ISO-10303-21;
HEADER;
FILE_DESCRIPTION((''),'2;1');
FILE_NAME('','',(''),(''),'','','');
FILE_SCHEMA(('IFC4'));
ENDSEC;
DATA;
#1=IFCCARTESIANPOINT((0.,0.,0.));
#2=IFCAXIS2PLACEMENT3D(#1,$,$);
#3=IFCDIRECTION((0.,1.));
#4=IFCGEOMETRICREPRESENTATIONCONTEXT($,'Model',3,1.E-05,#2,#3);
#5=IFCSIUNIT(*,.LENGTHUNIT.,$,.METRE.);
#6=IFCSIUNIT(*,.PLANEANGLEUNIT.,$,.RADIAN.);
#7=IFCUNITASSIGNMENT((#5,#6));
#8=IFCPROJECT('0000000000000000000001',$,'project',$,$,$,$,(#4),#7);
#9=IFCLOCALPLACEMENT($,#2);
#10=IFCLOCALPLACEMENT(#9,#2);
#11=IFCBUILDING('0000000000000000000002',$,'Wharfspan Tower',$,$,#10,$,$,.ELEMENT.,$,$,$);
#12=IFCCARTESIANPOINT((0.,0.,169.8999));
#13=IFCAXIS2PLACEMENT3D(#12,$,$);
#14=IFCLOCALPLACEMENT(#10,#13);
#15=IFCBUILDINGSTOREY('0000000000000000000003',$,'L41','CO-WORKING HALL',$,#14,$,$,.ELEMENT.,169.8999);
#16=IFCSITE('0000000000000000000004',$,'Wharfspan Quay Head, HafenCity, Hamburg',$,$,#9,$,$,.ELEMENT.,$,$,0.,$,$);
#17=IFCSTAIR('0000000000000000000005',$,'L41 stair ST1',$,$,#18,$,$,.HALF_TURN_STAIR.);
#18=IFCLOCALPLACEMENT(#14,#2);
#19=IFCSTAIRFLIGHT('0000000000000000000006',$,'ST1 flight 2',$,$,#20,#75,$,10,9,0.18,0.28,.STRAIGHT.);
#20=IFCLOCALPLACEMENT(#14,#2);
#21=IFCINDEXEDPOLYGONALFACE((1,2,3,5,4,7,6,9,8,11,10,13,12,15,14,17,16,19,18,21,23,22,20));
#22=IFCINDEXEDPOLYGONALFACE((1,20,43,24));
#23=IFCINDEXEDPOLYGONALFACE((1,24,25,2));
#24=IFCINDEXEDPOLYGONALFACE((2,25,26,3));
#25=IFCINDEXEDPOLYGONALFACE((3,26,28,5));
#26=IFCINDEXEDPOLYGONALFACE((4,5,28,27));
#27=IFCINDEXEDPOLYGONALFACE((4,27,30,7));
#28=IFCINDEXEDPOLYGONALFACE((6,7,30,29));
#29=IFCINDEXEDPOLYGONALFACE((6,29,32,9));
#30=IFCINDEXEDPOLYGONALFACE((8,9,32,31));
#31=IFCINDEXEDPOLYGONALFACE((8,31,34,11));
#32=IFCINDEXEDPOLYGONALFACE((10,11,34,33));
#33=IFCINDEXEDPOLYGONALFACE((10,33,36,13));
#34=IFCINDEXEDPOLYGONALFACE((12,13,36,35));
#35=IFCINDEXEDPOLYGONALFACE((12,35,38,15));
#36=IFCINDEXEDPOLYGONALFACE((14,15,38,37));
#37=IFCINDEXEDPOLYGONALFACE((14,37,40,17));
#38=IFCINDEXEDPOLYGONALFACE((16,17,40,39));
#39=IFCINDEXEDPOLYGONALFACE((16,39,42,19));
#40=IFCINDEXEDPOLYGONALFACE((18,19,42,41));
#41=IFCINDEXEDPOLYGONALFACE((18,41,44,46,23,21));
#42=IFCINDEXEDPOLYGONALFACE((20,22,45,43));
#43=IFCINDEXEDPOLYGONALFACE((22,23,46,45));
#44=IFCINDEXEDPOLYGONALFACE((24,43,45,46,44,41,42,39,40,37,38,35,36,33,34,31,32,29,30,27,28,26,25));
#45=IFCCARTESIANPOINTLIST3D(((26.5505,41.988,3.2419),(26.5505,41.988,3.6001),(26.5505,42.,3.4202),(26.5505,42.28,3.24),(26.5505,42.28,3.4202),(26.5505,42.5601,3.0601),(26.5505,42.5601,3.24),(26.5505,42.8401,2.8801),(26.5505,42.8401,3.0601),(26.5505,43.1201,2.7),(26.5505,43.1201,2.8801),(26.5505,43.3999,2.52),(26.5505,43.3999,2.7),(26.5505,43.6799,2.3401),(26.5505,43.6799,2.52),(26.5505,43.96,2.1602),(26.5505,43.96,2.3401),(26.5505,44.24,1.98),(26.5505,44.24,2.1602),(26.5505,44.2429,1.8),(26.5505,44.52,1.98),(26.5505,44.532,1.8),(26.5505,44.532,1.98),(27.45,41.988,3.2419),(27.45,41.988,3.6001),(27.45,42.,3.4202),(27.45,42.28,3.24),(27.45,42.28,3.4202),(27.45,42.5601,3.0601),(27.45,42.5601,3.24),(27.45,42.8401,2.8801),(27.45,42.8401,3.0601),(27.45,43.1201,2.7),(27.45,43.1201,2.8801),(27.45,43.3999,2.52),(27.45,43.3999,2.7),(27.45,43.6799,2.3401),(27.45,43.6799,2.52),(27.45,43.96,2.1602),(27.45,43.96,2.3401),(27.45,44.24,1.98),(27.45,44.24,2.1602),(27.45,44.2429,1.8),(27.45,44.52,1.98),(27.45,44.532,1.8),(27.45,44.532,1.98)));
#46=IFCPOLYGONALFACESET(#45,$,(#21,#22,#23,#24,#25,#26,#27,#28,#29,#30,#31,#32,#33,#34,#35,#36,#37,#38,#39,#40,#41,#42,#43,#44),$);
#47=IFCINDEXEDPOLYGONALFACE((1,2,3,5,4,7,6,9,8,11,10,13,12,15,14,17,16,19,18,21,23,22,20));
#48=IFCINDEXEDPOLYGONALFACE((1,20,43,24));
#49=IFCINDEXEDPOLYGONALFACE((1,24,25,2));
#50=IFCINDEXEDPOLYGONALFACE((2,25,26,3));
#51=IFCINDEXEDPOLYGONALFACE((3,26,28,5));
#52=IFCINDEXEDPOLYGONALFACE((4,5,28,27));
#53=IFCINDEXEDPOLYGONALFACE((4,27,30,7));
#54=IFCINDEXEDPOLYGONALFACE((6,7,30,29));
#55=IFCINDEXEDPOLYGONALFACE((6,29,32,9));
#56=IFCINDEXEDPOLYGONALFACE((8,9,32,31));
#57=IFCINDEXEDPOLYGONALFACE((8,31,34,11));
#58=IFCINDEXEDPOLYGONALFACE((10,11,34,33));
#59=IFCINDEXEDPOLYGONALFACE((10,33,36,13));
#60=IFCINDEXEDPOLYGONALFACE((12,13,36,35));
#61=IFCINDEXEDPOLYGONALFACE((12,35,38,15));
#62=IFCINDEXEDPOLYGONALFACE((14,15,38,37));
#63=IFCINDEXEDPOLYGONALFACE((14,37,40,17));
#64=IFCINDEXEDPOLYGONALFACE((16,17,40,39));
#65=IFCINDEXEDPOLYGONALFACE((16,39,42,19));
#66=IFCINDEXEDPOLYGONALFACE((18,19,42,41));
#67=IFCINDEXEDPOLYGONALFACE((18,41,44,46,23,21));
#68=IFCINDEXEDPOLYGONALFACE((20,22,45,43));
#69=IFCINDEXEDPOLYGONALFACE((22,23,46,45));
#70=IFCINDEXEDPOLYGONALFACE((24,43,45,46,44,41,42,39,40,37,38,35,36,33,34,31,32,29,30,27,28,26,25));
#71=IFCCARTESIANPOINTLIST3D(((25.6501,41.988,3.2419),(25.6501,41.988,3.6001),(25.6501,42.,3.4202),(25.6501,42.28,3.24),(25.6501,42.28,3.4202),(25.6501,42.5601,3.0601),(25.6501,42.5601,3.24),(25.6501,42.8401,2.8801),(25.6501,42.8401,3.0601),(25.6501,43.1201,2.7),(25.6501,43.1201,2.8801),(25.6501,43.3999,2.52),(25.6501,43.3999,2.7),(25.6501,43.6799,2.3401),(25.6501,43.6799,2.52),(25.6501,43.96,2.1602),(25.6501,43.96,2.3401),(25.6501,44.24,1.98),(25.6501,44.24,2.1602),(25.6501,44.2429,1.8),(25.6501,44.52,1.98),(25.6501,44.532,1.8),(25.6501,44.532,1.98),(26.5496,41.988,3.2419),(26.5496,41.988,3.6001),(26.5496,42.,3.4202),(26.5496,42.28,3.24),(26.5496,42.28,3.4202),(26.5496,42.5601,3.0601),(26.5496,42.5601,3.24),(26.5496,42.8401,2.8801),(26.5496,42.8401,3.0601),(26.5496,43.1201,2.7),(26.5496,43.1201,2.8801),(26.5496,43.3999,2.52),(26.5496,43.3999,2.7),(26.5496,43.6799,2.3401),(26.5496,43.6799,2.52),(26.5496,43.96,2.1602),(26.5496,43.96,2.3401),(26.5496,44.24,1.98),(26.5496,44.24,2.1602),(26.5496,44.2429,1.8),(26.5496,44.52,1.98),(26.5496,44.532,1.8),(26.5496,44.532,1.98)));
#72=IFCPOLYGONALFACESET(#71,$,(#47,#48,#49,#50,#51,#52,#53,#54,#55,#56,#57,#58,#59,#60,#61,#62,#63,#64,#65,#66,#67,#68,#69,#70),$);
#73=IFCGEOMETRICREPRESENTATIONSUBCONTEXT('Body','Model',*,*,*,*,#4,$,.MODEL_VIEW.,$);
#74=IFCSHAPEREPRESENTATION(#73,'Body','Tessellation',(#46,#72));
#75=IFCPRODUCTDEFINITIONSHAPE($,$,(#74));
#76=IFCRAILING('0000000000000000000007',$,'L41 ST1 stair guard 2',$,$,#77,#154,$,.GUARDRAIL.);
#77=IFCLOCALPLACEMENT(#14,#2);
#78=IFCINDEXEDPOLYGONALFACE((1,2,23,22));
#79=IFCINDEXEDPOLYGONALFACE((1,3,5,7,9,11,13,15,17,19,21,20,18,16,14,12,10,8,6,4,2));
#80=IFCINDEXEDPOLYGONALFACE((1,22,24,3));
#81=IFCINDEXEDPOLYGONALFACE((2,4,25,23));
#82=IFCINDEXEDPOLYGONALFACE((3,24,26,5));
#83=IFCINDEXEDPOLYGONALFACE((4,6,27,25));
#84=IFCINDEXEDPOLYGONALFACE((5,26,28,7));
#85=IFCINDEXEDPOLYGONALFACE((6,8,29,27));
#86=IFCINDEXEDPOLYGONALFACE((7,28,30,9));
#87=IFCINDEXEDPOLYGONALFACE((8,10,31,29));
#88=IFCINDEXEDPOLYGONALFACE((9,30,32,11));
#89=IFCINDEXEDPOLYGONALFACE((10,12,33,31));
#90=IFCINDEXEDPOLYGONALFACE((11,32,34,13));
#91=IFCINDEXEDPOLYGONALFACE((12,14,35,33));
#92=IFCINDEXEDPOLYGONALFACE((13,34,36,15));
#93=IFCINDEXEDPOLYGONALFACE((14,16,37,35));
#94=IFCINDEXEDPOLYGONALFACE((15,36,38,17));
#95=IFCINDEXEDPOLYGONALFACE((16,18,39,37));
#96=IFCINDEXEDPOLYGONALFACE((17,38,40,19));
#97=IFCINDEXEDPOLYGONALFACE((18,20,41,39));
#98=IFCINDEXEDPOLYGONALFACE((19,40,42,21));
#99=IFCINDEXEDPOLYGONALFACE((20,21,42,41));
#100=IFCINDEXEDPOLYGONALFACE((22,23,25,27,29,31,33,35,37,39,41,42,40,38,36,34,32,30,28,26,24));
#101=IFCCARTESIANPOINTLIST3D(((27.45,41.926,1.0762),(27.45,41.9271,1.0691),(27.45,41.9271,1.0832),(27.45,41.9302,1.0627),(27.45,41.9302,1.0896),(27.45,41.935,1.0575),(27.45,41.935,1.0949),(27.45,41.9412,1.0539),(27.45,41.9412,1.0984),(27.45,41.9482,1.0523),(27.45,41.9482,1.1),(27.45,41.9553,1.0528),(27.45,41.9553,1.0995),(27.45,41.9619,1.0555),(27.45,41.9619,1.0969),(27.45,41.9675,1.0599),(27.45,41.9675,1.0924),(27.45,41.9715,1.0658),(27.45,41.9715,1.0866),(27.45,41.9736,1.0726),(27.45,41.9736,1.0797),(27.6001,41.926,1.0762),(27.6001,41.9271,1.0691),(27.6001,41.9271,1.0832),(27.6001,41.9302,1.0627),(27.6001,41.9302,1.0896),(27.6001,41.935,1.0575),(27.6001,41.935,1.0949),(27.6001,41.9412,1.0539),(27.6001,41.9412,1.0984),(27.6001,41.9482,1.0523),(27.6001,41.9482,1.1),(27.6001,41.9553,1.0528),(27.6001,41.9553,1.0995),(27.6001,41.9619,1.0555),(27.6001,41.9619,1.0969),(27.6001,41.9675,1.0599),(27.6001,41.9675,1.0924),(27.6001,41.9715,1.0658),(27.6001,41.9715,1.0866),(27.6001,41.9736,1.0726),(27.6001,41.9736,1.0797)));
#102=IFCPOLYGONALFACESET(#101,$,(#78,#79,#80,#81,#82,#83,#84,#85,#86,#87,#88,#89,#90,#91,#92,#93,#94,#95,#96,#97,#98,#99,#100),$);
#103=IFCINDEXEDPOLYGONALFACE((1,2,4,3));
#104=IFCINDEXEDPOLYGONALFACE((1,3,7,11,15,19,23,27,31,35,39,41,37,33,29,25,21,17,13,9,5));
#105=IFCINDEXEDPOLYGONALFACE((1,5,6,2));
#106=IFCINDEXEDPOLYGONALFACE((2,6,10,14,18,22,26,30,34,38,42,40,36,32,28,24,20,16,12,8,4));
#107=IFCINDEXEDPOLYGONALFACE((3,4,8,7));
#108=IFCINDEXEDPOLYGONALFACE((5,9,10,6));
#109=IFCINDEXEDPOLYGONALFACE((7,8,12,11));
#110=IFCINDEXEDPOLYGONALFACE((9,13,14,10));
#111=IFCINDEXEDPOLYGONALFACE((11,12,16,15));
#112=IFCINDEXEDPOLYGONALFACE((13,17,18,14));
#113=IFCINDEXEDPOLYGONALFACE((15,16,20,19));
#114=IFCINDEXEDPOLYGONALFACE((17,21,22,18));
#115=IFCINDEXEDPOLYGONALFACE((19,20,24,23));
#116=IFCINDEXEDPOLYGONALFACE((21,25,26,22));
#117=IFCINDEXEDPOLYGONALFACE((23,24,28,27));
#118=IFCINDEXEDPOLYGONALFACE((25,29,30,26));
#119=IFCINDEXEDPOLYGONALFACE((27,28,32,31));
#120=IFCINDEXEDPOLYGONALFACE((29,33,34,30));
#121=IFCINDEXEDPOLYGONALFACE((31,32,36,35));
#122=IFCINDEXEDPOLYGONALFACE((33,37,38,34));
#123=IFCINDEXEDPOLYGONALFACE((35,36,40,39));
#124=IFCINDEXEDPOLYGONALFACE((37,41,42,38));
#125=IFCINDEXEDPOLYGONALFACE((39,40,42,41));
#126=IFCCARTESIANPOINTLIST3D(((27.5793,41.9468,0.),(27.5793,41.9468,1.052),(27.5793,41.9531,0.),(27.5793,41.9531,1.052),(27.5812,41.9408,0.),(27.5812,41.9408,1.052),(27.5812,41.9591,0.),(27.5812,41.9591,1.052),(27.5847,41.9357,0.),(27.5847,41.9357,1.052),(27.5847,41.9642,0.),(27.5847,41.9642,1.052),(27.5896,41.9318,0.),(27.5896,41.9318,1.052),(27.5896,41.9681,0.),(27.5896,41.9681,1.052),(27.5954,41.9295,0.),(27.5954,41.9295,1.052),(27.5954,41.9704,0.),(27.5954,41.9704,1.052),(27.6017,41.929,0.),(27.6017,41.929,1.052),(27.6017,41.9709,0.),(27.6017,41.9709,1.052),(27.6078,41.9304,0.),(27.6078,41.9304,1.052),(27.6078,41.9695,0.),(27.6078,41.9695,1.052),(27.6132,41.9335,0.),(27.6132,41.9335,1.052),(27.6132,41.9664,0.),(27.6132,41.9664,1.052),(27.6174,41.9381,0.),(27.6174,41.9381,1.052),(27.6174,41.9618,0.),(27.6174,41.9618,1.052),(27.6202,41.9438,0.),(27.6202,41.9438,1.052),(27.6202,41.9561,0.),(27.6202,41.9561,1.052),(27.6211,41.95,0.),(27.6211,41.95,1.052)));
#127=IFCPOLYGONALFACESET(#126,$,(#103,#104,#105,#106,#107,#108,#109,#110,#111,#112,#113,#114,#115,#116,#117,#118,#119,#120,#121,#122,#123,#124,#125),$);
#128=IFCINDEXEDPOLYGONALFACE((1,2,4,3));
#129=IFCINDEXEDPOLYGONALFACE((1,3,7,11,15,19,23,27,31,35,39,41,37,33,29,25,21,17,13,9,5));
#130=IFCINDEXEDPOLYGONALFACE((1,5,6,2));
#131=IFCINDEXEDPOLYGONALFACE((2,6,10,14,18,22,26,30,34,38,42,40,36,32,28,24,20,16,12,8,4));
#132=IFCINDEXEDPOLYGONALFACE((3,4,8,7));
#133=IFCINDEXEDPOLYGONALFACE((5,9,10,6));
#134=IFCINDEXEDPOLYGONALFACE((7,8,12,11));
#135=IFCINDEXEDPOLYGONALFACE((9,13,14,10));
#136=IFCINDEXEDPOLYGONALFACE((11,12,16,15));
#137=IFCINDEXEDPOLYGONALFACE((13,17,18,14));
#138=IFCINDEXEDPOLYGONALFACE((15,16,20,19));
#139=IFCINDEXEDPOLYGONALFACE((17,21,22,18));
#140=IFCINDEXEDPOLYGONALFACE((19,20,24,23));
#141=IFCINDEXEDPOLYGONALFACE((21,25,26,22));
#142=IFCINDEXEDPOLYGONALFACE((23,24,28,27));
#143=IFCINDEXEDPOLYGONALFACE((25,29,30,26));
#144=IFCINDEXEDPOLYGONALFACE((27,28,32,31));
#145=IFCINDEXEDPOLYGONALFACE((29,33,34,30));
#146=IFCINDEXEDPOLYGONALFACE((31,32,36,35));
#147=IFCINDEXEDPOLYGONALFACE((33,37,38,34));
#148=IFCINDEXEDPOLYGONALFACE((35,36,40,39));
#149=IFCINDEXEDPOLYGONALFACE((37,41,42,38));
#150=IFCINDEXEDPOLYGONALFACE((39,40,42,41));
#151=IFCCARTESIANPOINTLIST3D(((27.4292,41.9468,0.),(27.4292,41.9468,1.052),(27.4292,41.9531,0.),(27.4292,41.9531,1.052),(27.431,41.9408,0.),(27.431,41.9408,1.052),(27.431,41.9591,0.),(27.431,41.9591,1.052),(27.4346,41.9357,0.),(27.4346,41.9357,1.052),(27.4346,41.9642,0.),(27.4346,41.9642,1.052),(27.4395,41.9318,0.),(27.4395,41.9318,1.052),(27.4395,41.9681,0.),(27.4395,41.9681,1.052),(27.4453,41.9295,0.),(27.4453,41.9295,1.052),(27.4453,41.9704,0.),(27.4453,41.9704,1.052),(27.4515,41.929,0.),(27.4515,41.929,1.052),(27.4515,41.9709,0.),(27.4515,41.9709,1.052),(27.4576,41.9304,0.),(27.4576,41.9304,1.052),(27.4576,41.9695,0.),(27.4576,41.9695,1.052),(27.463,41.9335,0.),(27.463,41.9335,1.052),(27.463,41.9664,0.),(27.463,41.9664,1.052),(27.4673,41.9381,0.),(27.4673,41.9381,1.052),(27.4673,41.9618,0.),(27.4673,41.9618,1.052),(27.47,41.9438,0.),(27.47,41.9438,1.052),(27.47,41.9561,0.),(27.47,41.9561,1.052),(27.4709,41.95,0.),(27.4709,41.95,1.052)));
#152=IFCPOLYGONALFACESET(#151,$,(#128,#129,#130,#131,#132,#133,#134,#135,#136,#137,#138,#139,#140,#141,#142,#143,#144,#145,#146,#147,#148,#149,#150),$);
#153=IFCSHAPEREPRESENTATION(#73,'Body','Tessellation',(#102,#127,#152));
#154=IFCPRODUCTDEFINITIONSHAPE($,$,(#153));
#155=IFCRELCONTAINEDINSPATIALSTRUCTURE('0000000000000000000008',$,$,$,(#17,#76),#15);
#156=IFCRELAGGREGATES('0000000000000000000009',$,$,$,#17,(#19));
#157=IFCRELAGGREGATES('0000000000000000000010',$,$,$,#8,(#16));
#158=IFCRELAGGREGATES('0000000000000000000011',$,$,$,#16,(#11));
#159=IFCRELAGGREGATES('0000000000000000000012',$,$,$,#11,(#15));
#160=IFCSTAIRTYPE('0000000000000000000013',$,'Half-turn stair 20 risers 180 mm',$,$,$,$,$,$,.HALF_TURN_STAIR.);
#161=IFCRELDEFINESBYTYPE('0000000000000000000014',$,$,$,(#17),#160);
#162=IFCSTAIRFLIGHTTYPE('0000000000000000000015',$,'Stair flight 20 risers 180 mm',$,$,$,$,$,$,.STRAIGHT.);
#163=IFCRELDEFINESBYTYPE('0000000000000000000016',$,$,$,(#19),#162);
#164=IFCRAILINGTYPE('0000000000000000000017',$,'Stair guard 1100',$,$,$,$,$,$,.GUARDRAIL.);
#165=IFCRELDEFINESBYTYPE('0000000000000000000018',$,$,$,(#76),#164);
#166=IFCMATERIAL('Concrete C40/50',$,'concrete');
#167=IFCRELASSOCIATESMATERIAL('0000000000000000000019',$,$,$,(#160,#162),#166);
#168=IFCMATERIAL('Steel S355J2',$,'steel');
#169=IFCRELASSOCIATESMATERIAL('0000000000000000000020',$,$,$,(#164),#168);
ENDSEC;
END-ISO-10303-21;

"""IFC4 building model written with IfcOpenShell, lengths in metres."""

from ifc_helpers import new_model, si_unit, direction, frame, origin, origin_2d, place, context, subcontext, project, spatial, polyline, circle, outline, extrude, material, type_object, element, aggregate, save


model = new_model("IFC4")

# Units and contexts
model_context = context("Model", 3, precision=1e-05, world=origin(), true_north=direction((0.0, 1.0)))
body_context = subcontext(model_context, "Body", "Model", "MODEL_VIEW")
ifc_project = project(units=[si_unit("LENGTHUNIT", "METRE"), si_unit("PLANEANGLEUNIT", "RADIAN")], contexts=[model_context])

# Site, building, storey
site_placement = place(None, origin())
site = spatial("IfcSite", under=ifc_project, at=site_placement, Name="Wharfspan Quay Head, HafenCity, Hamburg", CompositionType="ELEMENT", RefElevation=0.0)
building_placement = place(site_placement, origin())
building = spatial("IfcBuilding", under=site, at=building_placement, Name="Wharfspan Tower", CompositionType="ELEMENT")
storey_placement = place(building_placement, frame((0.0, 0.0, 169.8999)))
storey = spatial("IfcBuildingStorey", under=building, at=storey_placement, Name="L41", Description="CO-WORKING HALL", CompositionType="ELEMENT", Elevation=169.8999)

# Shared definitions
ifc_material_1 = material(Name="Steel S355J2", Category="steel")

# Stair, stair flight
ifc_material_2 = material(Name="Concrete C40/50", Category="concrete")
stair_type = type_object("IfcStairType", Name="Half-turn stair 20 risers 180 mm", PredefinedType="HALF_TURN_STAIR", material=ifc_material_2)
stair_placement = place(storey_placement, origin())
stair = element("IfcStair", 1, at=stair_placement, inside=storey, type_object=stair_type, Name="L41 stair ST1", PredefinedType="HALF_TURN_STAIR")
stair_flight_type = type_object("IfcStairFlightType", Name="Stair flight 20 risers 180 mm", PredefinedType="STRAIGHT", material=ifc_material_2)
stair_flight_1_placement = place(storey_placement, frame((26.55, 44.52, 1.8), z_axis=(0.0, 0.0, 1.0), x_axis=(0.0, -1.0, 0.0)))
stair_flight_1 = element("IfcStairFlight", 2, at=stair_flight_1_placement, type_object=stair_flight_type, Name="ST1 flight 2", NumberOfRisers=10, NumberOfTreads=9, PredefinedType="STRAIGHT", RiserHeight=0.18, TreadLength=0.28, context=body_context, shape_type="SweptSolid", body=[
    extrude(outline(polyline([(-0.012, 0.0), (-0.012, 0.1799), (0.0, 0.1799), (0.28, 0.1799), (0.28, 0.3601), (0.5601, 0.3601), (0.5601, 0.54), (0.8401, 0.54), (0.8401, 0.72), (1.1201, 0.72), (1.1201, 0.8999), (1.3999, 0.8999), (1.3999, 1.0801), (1.6799, 1.0801), (1.6799, 1.26), (1.96, 1.26), (1.96, 1.4399), (2.24, 1.4399), (2.24, 1.6201), (2.52, 1.6201), (2.532, 1.8), (2.532, 1.4419), (0.2771, 0.0), (-0.012, 0.0)])), frame((0.0, 0.8999, 0.0), z_axis=(0.0, -1.0, 0.0), x_axis=(1.0, 0.0, 0.0)), (0.0, 0.0, 1.0), 0.8994),
    extrude(outline(polyline([(-0.012, 0.0), (-0.012, 0.1799), (0.0, 0.1799), (0.28, 0.1799), (0.28, 0.3601), (0.5601, 0.3601), (0.5601, 0.54), (0.8401, 0.54), (0.8401, 0.72), (1.1201, 0.72), (1.1201, 0.8999), (1.3999, 0.8999), (1.3999, 1.0801), (1.6799, 1.0801), (1.6799, 1.26), (1.96, 1.26), (1.96, 1.4399), (2.24, 1.4399), (2.24, 1.6201), (2.52, 1.6201), (2.532, 1.8), (2.532, 1.4419), (0.2771, 0.0), (-0.012, 0.0)])), frame((0.0, -0.0005, 0.0), z_axis=(0.0, -1.0, 0.0), x_axis=(1.0, 0.0, 0.0)), (0.0, 0.0, 1.0), 0.8994),
])
aggregate(stair, [stair_flight_1])

# Railing
railing_type_1 = type_object("IfcRailingType", Name="Stair guard 1100", PredefinedType="GUARDRAIL", material=ifc_material_1)
railing_1_placement = place(storey_placement, frame((27.6001, 41.95, 0.0)))
element("IfcRailing", 3, at=railing_1_placement, inside=storey, type_object=railing_type_1, Name="L41 ST1 stair guard 2", PredefinedType="GUARDRAIL", context=body_context, shape_type="SweptSolid", body=[
    extrude(circle(Radius=0.0239, at=origin_2d()), frame((0.0, 0.0, 1.0762), z_axis=(-1.0, 0.0, 0.0), x_axis=(0.0, -1.0, 0.0)), (0.0, 0.0, 1.0), 0.1501),
    extrude(circle(Radius=0.021, at=origin_2d()), origin(), (0.0, 0.0, 1.0), 1.052),
    extrude(circle(Radius=0.021, at=origin_2d()), frame((-0.1501, 0.0, 0.0)), (0.0, 0.0, 1.0), 1.052),
])

save(model, "model.ifc")
